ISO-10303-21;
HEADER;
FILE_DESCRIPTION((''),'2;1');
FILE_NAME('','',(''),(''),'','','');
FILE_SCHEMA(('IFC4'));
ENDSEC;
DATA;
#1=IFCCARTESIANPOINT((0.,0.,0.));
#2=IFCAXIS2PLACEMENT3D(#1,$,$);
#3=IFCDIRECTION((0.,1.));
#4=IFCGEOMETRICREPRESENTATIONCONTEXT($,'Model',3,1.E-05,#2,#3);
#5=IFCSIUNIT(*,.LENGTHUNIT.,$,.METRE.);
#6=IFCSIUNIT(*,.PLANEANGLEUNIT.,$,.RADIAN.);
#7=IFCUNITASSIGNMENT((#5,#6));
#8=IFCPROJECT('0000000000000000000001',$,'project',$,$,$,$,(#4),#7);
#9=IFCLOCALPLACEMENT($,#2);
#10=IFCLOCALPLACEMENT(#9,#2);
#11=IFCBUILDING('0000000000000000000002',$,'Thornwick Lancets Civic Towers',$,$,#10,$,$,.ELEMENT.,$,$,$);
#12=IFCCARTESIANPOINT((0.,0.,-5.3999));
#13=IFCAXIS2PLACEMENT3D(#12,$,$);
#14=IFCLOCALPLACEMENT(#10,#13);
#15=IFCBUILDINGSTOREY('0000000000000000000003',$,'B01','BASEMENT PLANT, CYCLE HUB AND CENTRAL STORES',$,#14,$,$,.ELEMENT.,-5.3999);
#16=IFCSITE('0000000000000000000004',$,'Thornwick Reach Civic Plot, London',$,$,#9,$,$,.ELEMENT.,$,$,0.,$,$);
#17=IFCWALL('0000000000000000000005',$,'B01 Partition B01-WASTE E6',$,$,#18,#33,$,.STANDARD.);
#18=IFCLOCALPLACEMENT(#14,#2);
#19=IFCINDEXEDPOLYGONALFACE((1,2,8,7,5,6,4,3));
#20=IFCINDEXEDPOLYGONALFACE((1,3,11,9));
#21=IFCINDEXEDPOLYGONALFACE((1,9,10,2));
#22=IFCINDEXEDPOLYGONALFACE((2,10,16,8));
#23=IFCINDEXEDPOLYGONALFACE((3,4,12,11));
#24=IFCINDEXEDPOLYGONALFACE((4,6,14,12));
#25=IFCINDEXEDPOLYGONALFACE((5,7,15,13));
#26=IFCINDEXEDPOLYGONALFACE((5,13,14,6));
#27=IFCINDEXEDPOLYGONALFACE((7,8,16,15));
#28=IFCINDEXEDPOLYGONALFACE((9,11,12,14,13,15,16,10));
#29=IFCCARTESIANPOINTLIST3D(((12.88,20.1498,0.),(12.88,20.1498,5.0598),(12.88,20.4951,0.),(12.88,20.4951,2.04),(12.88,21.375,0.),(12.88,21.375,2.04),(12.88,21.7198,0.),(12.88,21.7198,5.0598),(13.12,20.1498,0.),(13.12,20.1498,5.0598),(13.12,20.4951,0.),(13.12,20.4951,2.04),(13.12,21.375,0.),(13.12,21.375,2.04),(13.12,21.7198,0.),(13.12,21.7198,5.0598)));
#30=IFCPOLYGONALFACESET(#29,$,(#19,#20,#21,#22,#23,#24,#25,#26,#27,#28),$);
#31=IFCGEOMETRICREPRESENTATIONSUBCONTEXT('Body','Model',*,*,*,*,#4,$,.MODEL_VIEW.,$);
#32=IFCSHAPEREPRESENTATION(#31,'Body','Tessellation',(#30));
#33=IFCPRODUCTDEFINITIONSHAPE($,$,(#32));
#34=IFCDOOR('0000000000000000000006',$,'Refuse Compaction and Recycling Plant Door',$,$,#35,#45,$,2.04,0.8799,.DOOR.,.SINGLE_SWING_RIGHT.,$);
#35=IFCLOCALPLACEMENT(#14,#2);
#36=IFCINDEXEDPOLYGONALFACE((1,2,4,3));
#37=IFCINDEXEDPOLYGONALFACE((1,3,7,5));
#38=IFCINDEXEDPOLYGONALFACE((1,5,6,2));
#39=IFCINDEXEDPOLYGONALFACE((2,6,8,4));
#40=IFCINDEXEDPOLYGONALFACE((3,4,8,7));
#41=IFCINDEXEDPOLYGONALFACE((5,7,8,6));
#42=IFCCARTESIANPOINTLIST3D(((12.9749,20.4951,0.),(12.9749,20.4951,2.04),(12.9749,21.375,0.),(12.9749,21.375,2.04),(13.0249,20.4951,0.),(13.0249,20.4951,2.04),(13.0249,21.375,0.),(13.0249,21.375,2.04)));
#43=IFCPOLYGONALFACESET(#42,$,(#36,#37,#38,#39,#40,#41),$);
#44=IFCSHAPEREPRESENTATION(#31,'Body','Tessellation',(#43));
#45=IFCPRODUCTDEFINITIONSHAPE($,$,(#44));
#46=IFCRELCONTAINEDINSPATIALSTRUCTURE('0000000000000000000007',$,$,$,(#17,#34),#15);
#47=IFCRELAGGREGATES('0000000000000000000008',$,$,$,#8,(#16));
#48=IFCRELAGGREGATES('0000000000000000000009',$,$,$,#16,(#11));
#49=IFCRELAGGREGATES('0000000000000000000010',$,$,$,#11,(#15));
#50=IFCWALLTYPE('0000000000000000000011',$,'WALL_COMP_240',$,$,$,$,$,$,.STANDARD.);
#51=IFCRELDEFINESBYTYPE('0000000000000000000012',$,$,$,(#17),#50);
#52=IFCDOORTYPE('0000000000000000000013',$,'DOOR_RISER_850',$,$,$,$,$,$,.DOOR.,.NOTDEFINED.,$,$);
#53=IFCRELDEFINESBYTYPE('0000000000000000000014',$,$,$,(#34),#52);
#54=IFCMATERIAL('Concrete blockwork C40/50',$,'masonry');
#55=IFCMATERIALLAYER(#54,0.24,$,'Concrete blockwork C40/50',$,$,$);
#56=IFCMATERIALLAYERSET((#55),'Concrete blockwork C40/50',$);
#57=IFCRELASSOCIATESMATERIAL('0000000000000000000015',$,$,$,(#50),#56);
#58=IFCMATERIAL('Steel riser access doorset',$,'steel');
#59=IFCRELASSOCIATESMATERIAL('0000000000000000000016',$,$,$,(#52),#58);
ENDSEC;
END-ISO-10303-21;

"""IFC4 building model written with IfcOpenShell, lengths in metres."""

from ifc_helpers import new_model, si_unit, direction, frame, frame_2d, origin, place, context, subcontext, project, spatial, rectangle, extrude, material, layer, layer_set, type_object, element, fill, save


model = new_model("IFC4")

# Units and contexts
model_context = context("Model", 3, precision=1e-05, world=origin(), true_north=direction((0.0, 1.0)))
body_context = subcontext(model_context, "Body", "Model", "MODEL_VIEW")
ifc_project = project(units=[si_unit("LENGTHUNIT", "METRE"), si_unit("PLANEANGLEUNIT", "RADIAN")], contexts=[model_context])

# Site, building, storey
site_placement = place(None, origin())
site = spatial("IfcSite", under=ifc_project, at=site_placement, Name="Thornwick Reach Civic Plot, London", CompositionType="ELEMENT", RefElevation=0.0)
building_placement = place(site_placement, origin())
building = spatial("IfcBuilding", under=site, at=building_placement, Name="Thornwick Lancets Civic Towers", CompositionType="ELEMENT")
storey_placement = place(building_placement, frame((0.0, 0.0, -5.3999)))
storey = spatial("IfcBuildingStorey", under=building, at=storey_placement, Name="B01", Description="BASEMENT PLANT, CYCLE HUB AND CENTRAL STORES", CompositionType="ELEMENT", Elevation=-5.3999)

# Shared definitions
ifc_material_1 = material(Name="Concrete blockwork C40/50", Category="masonry")
ifc_layer = layer(ifc_material_1, 0.24, Name="Concrete blockwork C40/50")
ifc_layer_set = layer_set([ifc_layer], Name="Concrete blockwork C40/50")
wall_type = type_object("IfcWallType", Name="WALL_COMP_240", PredefinedType="STANDARD", material=ifc_layer_set)

# Wall, opening, door
wall_1_placement = place(storey_placement, frame((13.0, 21.72, 0.0), z_axis=(0.0, 0.0, 1.0), x_axis=(0.0, -1.0, 0.0)))
wall_1 = element("IfcWall", 1, at=wall_1_placement, inside=storey, type_object=wall_type, Name="B01 Partition B01-WASTE E6", PredefinedType="STANDARD", context=body_context, shape_type="SweptSolid", body=[
    extrude(rectangle(XDim=1.5701, YDim=0.24, at=frame_2d((0.7852, 0.0))), origin(), (0.0, 0.0, 1.0), 5.0598),
])
opening_placement = place(wall_1_placement, frame((0.345, 0.0, 0.0)))
opening = element("IfcOpeningElement", 2, at=opening_placement, cuts=wall_1, PredefinedType="OPENING", context=body_context, shape_type="SweptSolid", body=[
    extrude(rectangle(XDim=0.8799, YDim=2.04, at=frame_2d((0.4399, 1.02))), frame((0.0, 0.1299, 0.0), z_axis=(0.0, -1.0, 0.0), x_axis=(1.0, 0.0, 0.0)), (0.0, 0.0, 1.0), 0.26),
])
ifc_material_2 = material(Name="Steel riser access doorset", Category="steel")
door_type = type_object("IfcDoorType", Name="DOOR_RISER_850", OperationType="NOTDEFINED", PredefinedType="DOOR", material=ifc_material_2)
door_placement = place(opening_placement, origin())
door = element("IfcDoor", 3, at=door_placement, inside=storey, type_object=door_type, Name="Refuse Compaction and Recycling Plant Door", OperationType="SINGLE_SWING_RIGHT", OverallHeight=2.04, OverallWidth=0.8799, PredefinedType="DOOR", context=body_context, shape_type="SweptSolid", body=[
    extrude(rectangle(XDim=0.8799, YDim=2.04, at=frame_2d((0.4399, 1.02))), frame((0.0, 0.0249, 0.0), z_axis=(0.0, -1.0, 0.0), x_axis=(1.0, 0.0, 0.0)), (0.0, 0.0, 1.0), 0.05),
])
fill(opening, door)

save(model, "model.ifc")
